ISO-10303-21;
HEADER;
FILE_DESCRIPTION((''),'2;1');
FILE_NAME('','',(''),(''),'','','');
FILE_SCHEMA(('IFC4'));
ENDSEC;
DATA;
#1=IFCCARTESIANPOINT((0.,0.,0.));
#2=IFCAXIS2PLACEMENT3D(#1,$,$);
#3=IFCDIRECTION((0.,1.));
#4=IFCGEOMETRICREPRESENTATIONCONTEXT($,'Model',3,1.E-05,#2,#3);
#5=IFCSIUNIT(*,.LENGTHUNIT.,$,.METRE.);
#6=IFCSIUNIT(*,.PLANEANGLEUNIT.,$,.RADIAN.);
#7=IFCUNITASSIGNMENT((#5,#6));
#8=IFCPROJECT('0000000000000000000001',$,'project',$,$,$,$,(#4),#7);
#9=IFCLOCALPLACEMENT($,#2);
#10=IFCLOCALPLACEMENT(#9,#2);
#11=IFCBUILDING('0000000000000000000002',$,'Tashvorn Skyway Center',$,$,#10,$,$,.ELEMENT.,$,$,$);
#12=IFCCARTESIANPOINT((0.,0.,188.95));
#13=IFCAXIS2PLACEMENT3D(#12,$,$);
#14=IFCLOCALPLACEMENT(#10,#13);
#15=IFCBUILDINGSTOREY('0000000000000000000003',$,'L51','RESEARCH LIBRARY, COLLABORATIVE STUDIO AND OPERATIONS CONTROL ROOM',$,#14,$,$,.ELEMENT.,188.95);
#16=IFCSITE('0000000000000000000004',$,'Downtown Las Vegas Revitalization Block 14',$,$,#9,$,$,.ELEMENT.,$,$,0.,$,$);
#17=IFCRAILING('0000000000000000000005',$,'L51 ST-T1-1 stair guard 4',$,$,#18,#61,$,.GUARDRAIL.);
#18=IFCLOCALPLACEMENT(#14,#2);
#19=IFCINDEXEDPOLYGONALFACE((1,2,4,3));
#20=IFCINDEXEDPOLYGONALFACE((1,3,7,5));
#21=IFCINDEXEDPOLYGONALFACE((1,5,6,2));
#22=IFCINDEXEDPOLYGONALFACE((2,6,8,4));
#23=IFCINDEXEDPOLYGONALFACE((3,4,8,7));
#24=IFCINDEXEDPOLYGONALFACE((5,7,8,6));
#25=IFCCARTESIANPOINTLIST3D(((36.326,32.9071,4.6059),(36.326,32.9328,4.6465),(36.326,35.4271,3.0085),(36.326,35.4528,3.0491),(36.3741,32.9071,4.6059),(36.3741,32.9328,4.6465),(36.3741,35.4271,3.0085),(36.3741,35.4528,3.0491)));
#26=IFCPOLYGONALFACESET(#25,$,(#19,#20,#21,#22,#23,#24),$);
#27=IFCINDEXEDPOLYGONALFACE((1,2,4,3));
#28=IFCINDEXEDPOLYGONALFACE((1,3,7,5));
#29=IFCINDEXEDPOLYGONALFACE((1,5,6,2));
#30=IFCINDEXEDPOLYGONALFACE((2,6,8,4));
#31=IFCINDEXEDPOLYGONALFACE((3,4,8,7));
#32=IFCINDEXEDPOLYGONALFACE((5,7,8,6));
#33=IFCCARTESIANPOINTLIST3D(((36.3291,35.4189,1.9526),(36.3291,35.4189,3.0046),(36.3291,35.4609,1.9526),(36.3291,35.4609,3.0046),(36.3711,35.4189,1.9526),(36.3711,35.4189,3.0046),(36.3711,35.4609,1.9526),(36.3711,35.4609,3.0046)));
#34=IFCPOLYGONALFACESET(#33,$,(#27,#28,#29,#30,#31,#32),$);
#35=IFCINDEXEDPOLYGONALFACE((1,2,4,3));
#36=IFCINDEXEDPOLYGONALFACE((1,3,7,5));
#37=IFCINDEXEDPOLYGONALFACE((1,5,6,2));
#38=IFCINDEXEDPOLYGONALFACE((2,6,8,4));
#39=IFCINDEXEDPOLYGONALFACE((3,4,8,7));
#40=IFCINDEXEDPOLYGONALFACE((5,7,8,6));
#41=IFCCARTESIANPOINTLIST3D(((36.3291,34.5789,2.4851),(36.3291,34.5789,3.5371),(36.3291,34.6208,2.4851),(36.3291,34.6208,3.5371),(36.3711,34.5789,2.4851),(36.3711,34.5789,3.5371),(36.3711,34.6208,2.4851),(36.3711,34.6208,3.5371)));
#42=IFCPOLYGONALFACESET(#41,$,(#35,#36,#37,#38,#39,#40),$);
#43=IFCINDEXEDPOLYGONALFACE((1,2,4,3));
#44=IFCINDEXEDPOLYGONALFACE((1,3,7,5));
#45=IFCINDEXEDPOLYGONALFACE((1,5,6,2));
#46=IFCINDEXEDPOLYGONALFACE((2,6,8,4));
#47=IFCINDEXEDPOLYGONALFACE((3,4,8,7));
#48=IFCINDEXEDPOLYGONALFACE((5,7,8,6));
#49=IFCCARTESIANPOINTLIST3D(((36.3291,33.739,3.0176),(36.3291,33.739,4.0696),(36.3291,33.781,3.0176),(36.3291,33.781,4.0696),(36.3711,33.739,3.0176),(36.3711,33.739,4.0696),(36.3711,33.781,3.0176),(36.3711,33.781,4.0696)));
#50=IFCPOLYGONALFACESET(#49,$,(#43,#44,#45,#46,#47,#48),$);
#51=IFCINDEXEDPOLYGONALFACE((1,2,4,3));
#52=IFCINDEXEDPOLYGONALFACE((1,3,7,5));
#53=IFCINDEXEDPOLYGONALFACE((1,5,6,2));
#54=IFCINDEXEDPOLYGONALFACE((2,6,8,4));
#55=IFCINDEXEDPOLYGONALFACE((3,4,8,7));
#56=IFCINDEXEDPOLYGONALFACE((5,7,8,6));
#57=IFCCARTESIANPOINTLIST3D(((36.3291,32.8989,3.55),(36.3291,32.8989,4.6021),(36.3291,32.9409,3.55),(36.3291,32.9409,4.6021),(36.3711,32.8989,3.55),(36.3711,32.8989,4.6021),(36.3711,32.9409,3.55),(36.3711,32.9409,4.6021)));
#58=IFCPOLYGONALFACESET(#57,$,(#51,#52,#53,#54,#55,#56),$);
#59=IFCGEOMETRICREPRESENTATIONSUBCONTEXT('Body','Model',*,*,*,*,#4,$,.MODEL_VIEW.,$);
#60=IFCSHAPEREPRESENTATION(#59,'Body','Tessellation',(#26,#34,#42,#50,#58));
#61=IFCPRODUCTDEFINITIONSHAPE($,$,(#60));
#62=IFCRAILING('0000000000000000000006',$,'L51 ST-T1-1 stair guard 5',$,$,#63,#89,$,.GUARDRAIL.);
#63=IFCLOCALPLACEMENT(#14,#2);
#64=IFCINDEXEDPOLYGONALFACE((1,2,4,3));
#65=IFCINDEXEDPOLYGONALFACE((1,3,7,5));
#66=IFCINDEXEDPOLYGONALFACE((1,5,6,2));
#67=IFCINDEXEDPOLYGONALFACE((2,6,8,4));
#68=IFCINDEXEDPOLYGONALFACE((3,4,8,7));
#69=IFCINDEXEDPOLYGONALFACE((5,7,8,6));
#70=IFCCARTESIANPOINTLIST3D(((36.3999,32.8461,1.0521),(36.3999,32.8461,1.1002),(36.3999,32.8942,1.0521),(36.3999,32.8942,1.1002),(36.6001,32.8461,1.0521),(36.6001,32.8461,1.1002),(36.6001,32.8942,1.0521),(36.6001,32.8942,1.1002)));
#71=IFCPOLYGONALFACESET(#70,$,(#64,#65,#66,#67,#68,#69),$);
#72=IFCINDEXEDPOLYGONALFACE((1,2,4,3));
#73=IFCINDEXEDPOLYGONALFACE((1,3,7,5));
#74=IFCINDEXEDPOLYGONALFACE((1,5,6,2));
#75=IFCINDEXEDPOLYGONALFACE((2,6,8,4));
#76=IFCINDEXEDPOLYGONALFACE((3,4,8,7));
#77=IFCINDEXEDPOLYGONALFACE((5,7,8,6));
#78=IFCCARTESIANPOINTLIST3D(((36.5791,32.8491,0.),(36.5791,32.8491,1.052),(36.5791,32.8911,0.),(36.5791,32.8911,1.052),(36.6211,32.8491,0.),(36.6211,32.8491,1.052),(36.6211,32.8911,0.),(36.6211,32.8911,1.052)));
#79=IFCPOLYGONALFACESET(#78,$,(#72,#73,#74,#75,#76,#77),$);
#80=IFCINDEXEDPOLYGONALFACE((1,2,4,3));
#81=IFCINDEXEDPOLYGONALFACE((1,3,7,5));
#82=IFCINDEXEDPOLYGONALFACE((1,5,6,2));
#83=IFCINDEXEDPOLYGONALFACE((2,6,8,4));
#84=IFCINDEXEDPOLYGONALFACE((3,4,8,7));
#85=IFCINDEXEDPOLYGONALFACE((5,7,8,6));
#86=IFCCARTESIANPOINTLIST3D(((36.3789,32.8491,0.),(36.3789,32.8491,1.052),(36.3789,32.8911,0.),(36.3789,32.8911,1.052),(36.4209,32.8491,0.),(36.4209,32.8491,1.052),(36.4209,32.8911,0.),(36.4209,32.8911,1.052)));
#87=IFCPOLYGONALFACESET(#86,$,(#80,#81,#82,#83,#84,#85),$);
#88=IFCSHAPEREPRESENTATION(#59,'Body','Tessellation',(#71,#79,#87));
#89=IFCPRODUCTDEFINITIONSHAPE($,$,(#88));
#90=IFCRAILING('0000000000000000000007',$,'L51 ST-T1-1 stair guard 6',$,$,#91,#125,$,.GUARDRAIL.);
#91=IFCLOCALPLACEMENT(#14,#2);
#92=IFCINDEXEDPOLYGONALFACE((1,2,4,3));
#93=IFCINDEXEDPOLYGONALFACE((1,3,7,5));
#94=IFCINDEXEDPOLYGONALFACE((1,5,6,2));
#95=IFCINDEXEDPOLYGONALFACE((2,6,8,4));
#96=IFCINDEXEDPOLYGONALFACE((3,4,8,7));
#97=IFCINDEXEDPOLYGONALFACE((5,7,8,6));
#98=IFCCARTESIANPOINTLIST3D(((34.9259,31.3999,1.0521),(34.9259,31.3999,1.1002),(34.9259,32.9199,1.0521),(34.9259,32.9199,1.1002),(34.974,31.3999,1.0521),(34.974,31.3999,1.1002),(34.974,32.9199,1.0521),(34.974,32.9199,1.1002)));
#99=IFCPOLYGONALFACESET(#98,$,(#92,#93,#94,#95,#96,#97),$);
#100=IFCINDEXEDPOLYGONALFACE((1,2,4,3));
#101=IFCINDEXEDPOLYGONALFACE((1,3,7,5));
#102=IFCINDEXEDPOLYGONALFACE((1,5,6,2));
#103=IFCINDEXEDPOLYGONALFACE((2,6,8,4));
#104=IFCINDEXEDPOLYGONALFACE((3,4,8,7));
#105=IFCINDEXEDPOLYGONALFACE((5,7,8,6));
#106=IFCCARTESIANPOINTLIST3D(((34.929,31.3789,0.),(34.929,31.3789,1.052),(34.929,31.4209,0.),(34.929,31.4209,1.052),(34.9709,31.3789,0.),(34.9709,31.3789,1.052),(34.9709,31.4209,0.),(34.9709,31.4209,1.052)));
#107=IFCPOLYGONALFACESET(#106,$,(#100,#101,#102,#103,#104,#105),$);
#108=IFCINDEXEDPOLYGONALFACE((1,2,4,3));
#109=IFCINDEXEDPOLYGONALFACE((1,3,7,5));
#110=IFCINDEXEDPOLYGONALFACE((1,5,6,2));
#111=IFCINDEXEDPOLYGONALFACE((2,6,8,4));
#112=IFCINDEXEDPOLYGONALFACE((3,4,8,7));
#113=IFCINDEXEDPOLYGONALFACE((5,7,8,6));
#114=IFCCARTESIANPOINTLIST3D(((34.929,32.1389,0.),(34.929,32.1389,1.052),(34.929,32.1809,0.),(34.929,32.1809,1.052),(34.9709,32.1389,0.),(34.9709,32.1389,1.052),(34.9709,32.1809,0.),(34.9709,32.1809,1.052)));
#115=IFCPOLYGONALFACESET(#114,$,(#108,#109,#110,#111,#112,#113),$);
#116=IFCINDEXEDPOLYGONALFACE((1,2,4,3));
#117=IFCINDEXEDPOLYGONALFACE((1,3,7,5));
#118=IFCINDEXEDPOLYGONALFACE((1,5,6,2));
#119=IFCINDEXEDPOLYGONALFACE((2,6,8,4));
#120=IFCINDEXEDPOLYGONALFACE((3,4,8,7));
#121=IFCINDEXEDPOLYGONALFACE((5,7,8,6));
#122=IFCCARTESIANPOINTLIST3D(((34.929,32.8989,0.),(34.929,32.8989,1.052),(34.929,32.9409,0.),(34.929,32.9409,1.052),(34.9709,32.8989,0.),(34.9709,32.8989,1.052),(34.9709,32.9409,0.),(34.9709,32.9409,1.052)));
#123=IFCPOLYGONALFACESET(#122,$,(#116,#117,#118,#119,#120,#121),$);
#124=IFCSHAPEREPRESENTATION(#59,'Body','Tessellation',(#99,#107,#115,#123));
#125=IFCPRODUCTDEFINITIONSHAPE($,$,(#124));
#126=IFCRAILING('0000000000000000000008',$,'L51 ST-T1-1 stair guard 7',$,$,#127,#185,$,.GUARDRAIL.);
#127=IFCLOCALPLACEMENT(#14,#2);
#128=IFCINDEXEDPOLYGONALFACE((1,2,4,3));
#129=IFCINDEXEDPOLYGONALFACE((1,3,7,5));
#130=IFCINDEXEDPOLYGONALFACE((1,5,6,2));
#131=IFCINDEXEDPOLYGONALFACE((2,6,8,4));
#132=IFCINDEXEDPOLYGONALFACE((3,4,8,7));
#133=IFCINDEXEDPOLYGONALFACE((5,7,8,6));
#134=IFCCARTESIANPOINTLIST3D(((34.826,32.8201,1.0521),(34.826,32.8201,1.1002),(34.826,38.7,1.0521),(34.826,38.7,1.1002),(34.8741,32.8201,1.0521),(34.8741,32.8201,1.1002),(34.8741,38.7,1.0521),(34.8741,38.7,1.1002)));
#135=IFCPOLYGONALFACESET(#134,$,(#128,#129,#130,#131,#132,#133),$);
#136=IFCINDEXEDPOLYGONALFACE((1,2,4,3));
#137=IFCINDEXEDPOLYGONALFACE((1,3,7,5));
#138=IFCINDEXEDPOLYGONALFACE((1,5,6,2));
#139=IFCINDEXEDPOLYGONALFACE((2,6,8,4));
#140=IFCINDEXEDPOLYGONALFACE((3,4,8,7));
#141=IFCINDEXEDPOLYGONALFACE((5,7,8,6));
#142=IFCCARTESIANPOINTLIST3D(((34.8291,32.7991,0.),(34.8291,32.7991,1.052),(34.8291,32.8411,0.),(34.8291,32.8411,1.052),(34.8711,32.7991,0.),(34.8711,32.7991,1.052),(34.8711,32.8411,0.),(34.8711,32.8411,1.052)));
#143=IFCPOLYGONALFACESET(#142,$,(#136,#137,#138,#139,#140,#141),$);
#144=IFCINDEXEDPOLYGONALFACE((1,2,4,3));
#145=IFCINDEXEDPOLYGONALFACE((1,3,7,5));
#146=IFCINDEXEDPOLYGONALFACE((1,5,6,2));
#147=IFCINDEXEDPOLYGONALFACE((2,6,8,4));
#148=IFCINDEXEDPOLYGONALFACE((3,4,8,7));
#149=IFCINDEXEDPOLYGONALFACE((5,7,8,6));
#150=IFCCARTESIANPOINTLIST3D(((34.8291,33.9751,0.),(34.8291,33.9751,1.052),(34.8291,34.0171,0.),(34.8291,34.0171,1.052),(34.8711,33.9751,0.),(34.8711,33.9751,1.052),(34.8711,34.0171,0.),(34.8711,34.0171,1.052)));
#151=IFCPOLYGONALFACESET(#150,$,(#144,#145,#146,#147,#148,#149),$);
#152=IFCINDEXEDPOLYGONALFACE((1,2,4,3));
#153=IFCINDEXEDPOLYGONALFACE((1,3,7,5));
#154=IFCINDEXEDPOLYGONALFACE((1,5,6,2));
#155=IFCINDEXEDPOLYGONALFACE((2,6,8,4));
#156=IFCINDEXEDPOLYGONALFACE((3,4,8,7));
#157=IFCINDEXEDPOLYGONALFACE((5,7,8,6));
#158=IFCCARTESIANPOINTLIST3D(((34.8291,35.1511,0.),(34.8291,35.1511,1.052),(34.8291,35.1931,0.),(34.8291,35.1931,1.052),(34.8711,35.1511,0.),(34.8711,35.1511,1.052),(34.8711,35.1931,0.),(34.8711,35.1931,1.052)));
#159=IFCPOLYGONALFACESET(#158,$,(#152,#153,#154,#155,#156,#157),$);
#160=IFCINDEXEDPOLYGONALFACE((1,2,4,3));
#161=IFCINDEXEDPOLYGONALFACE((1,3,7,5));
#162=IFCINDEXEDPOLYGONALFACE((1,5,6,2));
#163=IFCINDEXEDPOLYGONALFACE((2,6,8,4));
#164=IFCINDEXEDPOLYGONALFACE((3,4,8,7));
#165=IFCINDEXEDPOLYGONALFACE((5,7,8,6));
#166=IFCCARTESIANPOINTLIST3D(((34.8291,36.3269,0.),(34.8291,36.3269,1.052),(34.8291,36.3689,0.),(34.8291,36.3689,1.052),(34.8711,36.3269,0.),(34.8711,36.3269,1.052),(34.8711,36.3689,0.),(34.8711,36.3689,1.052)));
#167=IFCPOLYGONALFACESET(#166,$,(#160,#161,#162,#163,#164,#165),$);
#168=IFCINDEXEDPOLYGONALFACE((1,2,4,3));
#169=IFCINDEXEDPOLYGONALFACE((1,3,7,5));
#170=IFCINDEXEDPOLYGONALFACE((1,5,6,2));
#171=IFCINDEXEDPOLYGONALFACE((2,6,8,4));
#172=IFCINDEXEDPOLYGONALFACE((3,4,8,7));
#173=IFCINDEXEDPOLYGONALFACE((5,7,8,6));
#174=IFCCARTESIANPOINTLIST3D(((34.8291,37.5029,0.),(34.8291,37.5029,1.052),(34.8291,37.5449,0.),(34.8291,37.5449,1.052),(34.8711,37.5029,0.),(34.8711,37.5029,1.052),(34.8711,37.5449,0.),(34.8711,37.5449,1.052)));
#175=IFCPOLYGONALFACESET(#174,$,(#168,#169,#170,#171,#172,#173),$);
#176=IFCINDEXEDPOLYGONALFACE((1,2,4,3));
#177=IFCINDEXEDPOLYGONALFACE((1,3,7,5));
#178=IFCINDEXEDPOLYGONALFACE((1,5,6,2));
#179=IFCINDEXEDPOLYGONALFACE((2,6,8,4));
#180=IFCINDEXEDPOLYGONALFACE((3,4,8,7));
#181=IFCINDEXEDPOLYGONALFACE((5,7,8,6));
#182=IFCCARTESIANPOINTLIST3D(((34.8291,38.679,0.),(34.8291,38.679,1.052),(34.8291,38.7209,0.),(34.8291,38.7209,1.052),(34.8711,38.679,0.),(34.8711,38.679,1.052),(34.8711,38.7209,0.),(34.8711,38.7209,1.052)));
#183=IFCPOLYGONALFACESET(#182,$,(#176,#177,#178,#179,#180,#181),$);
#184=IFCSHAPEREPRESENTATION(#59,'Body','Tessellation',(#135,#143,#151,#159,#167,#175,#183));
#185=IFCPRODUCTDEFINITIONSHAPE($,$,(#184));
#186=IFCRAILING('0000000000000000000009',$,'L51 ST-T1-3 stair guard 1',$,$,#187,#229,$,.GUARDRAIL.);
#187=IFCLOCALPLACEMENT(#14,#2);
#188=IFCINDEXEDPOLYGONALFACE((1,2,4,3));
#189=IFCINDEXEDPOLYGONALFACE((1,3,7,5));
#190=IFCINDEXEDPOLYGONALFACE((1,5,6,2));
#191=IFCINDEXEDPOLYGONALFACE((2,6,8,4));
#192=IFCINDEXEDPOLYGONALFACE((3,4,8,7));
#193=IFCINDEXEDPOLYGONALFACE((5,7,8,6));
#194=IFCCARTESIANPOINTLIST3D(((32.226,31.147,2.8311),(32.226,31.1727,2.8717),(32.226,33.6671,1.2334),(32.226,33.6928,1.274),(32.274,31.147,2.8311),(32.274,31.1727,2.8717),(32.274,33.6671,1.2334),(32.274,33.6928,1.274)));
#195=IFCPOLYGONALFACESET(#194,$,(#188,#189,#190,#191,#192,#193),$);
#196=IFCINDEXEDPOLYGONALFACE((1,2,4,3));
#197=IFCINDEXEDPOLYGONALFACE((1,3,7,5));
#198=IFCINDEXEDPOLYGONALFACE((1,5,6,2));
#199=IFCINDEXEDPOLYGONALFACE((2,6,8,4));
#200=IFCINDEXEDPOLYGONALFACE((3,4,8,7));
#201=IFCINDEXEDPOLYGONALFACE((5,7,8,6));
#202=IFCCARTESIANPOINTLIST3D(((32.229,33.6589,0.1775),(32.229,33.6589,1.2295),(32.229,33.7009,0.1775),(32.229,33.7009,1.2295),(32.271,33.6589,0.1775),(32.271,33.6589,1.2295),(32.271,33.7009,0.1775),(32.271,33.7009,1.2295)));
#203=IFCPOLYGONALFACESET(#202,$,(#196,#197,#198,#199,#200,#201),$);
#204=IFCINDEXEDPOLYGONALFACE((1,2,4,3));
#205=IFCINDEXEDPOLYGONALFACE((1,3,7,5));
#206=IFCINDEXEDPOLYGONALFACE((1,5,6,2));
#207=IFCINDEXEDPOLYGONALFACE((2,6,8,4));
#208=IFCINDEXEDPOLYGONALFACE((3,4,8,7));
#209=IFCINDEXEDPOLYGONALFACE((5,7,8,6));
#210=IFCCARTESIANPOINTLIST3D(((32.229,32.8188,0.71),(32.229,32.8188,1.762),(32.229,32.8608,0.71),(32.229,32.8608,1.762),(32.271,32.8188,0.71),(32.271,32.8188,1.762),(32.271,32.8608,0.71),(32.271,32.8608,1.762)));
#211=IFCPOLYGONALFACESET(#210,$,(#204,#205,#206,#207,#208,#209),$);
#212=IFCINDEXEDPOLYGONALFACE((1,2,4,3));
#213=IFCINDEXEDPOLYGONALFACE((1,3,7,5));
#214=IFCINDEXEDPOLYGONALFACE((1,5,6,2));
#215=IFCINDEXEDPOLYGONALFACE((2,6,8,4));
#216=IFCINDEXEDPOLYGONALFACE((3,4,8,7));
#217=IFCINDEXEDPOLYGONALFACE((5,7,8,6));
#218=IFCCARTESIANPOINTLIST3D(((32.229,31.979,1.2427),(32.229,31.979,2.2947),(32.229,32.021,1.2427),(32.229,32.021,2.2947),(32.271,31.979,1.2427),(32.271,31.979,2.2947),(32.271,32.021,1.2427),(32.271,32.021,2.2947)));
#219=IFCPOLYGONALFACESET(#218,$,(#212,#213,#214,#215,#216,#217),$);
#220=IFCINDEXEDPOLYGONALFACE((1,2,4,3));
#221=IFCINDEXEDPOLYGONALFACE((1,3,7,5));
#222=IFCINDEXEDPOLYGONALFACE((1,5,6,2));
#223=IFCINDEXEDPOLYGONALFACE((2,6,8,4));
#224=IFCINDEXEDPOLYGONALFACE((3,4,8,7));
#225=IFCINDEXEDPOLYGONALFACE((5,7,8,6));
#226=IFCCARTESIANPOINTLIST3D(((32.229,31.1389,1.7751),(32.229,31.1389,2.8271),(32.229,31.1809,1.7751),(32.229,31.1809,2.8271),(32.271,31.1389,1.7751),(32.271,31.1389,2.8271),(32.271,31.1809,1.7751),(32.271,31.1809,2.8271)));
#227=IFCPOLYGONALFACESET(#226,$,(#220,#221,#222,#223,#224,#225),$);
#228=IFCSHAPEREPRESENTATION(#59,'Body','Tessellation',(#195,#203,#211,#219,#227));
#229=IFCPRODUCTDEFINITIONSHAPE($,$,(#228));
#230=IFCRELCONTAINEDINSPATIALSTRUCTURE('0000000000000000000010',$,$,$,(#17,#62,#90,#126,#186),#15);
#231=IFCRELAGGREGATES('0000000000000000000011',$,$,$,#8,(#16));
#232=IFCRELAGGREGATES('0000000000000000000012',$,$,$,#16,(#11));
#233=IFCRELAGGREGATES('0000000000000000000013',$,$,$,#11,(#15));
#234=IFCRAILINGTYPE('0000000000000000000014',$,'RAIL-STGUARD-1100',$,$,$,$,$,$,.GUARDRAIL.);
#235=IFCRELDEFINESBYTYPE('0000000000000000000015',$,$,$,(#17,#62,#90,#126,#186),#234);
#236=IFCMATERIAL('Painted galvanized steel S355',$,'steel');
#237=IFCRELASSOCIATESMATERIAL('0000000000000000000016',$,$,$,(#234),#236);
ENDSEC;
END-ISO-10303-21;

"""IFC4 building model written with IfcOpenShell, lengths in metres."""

from ifc_helpers import new_model, si_unit, direction, frame, origin, origin_2d, place, context, subcontext, project, spatial, rectangle, extrude, material, type_object, element, save


model = new_model("IFC4")

# Units and contexts
model_context = context("Model", 3, precision=1e-05, world=origin(), true_north=direction((0.0, 1.0)))
body_context = subcontext(model_context, "Body", "Model", "MODEL_VIEW")
ifc_project = project(units=[si_unit("LENGTHUNIT", "METRE"), si_unit("PLANEANGLEUNIT", "RADIAN")], contexts=[model_context])

# Site, building, storey
site_placement = place(None, origin())
site = spatial("IfcSite", under=ifc_project, at=site_placement, Name="Downtown Las Vegas Revitalization Block 14", CompositionType="ELEMENT", RefElevation=0.0)
building_placement = place(site_placement, origin())
building = spatial("IfcBuilding", under=site, at=building_placement, Name="Tashvorn Skyway Center", CompositionType="ELEMENT")
storey_placement = place(building_placement, frame((0.0, 0.0, 188.95)))
storey = spatial("IfcBuildingStorey", under=building, at=storey_placement, Name="L51", Description="RESEARCH LIBRARY, COLLABORATIVE STUDIO AND OPERATIONS CONTROL ROOM", CompositionType="ELEMENT", Elevation=188.95)

# Railings
ifc_material_1 = material(Name="Painted galvanized steel S355", Category="steel")
railing_type_1 = type_object("IfcRailingType", Name="RAIL-STGUARD-1100", PredefinedType="GUARDRAIL", material=ifc_material_1)
railing_1_placement = place(storey_placement, frame((36.3501, 35.4399, 1.9526)))
element("IfcRailing", 1, at=railing_1_placement, inside=storey, type_object=railing_type_1, Name="L51 ST-T1-1 stair guard 4", PredefinedType="GUARDRAIL", context=body_context, shape_type="SweptSolid", body=[
    extrude(rectangle(XDim=0.0481, YDim=0.0481, at=origin_2d()), frame((0.0, 0.0, 1.0762), z_axis=(0.0, -0.844607, 0.535387), x_axis=(1.0, 0.0, 0.0)), (0.0, 0.0, 1.0), 2.9836),
    extrude(rectangle(XDim=0.042, YDim=0.042, at=origin_2d()), origin(), (0.0, 0.0, 1.0), 1.052),
    extrude(rectangle(XDim=0.042, YDim=0.042, at=origin_2d()), frame((0.0, -0.8401, 0.5325)), (0.0, 0.0, 1.0), 1.052),
    extrude(rectangle(XDim=0.042, YDim=0.042, at=origin_2d()), frame((0.0, -1.6799, 1.0649)), (0.0, 0.0, 1.0), 1.052),
    extrude(rectangle(XDim=0.042, YDim=0.042, at=origin_2d()), frame((0.0, -2.52, 1.5974)), (0.0, 0.0, 1.0), 1.052),
])
railing_2_placement = place(storey_placement, frame((36.6001, 32.8701, 0.0)))
element("IfcRailing", 2, at=railing_2_placement, inside=storey, type_object=railing_type_1, Name="L51 ST-T1-1 stair guard 5", PredefinedType="GUARDRAIL", context=body_context, shape_type="SweptSolid", body=[
    extrude(rectangle(XDim=0.0481, YDim=0.0481, at=origin_2d()), frame((0.0, 0.0, 1.0762), z_axis=(-1.0, 0.0, 0.0), x_axis=(0.0, -1.0, 0.0)), (0.0, 0.0, 1.0), 0.2002),
    extrude(rectangle(XDim=0.042, YDim=0.042, at=origin_2d()), origin(), (0.0, 0.0, 1.0), 1.052),
    extrude(rectangle(XDim=0.042, YDim=0.042, at=origin_2d()), frame((-0.2002, 0.0, 0.0)), (0.0, 0.0, 1.0), 1.052),
])
railing_3_placement = place(storey_placement, frame((34.95, 31.3999, 0.0)))
element("IfcRailing", 3, at=railing_3_placement, inside=storey, type_object=railing_type_1, Name="L51 ST-T1-1 stair guard 6", PredefinedType="GUARDRAIL", context=body_context, shape_type="SweptSolid", body=[
    extrude(rectangle(XDim=0.0481, YDim=0.0481, at=origin_2d()), frame((0.0, 0.0, 1.0762), z_axis=(0.0, 1.0, 0.0), x_axis=(-1.0, 0.0, 0.0)), (0.0, 0.0, 1.0), 1.52),
    extrude(rectangle(XDim=0.042, YDim=0.042, at=origin_2d()), origin(), (0.0, 0.0, 1.0), 1.052),
    extrude(rectangle(XDim=0.042, YDim=0.042, at=origin_2d()), frame((0.0, 0.76, 0.0)), (0.0, 0.0, 1.0), 1.052),
    extrude(rectangle(XDim=0.042, YDim=0.042, at=origin_2d()), frame((0.0, 1.52, 0.0)), (0.0, 0.0, 1.0), 1.052),
])
railing_4_placement = place(storey_placement, frame((34.8501, 32.8201, 0.0)))
element("IfcRailing", 4, at=railing_4_placement, inside=storey, type_object=railing_type_1, Name="L51 ST-T1-1 stair guard 7", PredefinedType="GUARDRAIL", context=body_context, shape_type="SweptSolid", body=[
    extrude(rectangle(XDim=0.0481, YDim=0.0481, at=origin_2d()), frame((0.0, 0.0, 1.0762), z_axis=(0.0, 1.0, 0.0), x_axis=(-1.0, 0.0, 0.0)), (0.0, 0.0, 1.0), 5.8799),
    extrude(rectangle(XDim=0.042, YDim=0.042, at=origin_2d()), origin(), (0.0, 0.0, 1.0), 1.052),
    extrude(rectangle(XDim=0.042, YDim=0.042, at=origin_2d()), frame((0.0, 1.176, 0.0)), (0.0, 0.0, 1.0), 1.052),
    extrude(rectangle(XDim=0.042, YDim=0.042, at=origin_2d()), frame((0.0, 2.3521, 0.0)), (0.0, 0.0, 1.0), 1.052),
    extrude(rectangle(XDim=0.042, YDim=0.042, at=origin_2d()), frame((0.0, 3.5278, 0.0)), (0.0, 0.0, 1.0), 1.052),
    extrude(rectangle(XDim=0.042, YDim=0.042, at=origin_2d()), frame((0.0, 4.7039, 0.0)), (0.0, 0.0, 1.0), 1.052),
    extrude(rectangle(XDim=0.042, YDim=0.042, at=origin_2d()), frame((0.0, 5.8799, 0.0)), (0.0, 0.0, 1.0), 1.052),
])
railing_5_placement = place(storey_placement, frame((32.25, 33.6799, 0.1775)))
element("IfcRailing", 5, at=railing_5_placement, inside=storey, type_object=railing_type_1, Name="L51 ST-T1-3 stair guard 1", PredefinedType="GUARDRAIL", context=body_context, shape_type="SweptSolid", body=[
    extrude(rectangle(XDim=0.0481, YDim=0.0481, at=origin_2d()), frame((0.0, 0.0, 1.0762), z_axis=(0.0, -0.84457, 0.535445), x_axis=(1.0, 0.0, 0.0)), (0.0, 0.0, 1.0), 2.9839),
    extrude(rectangle(XDim=0.042, YDim=0.042, at=origin_2d()), origin(), (0.0, 0.0, 1.0), 1.052),
    extrude(rectangle(XDim=0.042, YDim=0.042, at=origin_2d()), frame((0.0, -0.8401, 0.5325)), (0.0, 0.0, 1.0), 1.052),
    extrude(rectangle(XDim=0.042, YDim=0.042, at=origin_2d()), frame((0.0, -1.6799, 1.0652)), (0.0, 0.0, 1.0), 1.052),
    extrude(rectangle(XDim=0.042, YDim=0.042, at=origin_2d()), frame((0.0, -2.52, 1.5977)), (0.0, 0.0, 1.0), 1.052),
])

save(model, "model.ifc")
